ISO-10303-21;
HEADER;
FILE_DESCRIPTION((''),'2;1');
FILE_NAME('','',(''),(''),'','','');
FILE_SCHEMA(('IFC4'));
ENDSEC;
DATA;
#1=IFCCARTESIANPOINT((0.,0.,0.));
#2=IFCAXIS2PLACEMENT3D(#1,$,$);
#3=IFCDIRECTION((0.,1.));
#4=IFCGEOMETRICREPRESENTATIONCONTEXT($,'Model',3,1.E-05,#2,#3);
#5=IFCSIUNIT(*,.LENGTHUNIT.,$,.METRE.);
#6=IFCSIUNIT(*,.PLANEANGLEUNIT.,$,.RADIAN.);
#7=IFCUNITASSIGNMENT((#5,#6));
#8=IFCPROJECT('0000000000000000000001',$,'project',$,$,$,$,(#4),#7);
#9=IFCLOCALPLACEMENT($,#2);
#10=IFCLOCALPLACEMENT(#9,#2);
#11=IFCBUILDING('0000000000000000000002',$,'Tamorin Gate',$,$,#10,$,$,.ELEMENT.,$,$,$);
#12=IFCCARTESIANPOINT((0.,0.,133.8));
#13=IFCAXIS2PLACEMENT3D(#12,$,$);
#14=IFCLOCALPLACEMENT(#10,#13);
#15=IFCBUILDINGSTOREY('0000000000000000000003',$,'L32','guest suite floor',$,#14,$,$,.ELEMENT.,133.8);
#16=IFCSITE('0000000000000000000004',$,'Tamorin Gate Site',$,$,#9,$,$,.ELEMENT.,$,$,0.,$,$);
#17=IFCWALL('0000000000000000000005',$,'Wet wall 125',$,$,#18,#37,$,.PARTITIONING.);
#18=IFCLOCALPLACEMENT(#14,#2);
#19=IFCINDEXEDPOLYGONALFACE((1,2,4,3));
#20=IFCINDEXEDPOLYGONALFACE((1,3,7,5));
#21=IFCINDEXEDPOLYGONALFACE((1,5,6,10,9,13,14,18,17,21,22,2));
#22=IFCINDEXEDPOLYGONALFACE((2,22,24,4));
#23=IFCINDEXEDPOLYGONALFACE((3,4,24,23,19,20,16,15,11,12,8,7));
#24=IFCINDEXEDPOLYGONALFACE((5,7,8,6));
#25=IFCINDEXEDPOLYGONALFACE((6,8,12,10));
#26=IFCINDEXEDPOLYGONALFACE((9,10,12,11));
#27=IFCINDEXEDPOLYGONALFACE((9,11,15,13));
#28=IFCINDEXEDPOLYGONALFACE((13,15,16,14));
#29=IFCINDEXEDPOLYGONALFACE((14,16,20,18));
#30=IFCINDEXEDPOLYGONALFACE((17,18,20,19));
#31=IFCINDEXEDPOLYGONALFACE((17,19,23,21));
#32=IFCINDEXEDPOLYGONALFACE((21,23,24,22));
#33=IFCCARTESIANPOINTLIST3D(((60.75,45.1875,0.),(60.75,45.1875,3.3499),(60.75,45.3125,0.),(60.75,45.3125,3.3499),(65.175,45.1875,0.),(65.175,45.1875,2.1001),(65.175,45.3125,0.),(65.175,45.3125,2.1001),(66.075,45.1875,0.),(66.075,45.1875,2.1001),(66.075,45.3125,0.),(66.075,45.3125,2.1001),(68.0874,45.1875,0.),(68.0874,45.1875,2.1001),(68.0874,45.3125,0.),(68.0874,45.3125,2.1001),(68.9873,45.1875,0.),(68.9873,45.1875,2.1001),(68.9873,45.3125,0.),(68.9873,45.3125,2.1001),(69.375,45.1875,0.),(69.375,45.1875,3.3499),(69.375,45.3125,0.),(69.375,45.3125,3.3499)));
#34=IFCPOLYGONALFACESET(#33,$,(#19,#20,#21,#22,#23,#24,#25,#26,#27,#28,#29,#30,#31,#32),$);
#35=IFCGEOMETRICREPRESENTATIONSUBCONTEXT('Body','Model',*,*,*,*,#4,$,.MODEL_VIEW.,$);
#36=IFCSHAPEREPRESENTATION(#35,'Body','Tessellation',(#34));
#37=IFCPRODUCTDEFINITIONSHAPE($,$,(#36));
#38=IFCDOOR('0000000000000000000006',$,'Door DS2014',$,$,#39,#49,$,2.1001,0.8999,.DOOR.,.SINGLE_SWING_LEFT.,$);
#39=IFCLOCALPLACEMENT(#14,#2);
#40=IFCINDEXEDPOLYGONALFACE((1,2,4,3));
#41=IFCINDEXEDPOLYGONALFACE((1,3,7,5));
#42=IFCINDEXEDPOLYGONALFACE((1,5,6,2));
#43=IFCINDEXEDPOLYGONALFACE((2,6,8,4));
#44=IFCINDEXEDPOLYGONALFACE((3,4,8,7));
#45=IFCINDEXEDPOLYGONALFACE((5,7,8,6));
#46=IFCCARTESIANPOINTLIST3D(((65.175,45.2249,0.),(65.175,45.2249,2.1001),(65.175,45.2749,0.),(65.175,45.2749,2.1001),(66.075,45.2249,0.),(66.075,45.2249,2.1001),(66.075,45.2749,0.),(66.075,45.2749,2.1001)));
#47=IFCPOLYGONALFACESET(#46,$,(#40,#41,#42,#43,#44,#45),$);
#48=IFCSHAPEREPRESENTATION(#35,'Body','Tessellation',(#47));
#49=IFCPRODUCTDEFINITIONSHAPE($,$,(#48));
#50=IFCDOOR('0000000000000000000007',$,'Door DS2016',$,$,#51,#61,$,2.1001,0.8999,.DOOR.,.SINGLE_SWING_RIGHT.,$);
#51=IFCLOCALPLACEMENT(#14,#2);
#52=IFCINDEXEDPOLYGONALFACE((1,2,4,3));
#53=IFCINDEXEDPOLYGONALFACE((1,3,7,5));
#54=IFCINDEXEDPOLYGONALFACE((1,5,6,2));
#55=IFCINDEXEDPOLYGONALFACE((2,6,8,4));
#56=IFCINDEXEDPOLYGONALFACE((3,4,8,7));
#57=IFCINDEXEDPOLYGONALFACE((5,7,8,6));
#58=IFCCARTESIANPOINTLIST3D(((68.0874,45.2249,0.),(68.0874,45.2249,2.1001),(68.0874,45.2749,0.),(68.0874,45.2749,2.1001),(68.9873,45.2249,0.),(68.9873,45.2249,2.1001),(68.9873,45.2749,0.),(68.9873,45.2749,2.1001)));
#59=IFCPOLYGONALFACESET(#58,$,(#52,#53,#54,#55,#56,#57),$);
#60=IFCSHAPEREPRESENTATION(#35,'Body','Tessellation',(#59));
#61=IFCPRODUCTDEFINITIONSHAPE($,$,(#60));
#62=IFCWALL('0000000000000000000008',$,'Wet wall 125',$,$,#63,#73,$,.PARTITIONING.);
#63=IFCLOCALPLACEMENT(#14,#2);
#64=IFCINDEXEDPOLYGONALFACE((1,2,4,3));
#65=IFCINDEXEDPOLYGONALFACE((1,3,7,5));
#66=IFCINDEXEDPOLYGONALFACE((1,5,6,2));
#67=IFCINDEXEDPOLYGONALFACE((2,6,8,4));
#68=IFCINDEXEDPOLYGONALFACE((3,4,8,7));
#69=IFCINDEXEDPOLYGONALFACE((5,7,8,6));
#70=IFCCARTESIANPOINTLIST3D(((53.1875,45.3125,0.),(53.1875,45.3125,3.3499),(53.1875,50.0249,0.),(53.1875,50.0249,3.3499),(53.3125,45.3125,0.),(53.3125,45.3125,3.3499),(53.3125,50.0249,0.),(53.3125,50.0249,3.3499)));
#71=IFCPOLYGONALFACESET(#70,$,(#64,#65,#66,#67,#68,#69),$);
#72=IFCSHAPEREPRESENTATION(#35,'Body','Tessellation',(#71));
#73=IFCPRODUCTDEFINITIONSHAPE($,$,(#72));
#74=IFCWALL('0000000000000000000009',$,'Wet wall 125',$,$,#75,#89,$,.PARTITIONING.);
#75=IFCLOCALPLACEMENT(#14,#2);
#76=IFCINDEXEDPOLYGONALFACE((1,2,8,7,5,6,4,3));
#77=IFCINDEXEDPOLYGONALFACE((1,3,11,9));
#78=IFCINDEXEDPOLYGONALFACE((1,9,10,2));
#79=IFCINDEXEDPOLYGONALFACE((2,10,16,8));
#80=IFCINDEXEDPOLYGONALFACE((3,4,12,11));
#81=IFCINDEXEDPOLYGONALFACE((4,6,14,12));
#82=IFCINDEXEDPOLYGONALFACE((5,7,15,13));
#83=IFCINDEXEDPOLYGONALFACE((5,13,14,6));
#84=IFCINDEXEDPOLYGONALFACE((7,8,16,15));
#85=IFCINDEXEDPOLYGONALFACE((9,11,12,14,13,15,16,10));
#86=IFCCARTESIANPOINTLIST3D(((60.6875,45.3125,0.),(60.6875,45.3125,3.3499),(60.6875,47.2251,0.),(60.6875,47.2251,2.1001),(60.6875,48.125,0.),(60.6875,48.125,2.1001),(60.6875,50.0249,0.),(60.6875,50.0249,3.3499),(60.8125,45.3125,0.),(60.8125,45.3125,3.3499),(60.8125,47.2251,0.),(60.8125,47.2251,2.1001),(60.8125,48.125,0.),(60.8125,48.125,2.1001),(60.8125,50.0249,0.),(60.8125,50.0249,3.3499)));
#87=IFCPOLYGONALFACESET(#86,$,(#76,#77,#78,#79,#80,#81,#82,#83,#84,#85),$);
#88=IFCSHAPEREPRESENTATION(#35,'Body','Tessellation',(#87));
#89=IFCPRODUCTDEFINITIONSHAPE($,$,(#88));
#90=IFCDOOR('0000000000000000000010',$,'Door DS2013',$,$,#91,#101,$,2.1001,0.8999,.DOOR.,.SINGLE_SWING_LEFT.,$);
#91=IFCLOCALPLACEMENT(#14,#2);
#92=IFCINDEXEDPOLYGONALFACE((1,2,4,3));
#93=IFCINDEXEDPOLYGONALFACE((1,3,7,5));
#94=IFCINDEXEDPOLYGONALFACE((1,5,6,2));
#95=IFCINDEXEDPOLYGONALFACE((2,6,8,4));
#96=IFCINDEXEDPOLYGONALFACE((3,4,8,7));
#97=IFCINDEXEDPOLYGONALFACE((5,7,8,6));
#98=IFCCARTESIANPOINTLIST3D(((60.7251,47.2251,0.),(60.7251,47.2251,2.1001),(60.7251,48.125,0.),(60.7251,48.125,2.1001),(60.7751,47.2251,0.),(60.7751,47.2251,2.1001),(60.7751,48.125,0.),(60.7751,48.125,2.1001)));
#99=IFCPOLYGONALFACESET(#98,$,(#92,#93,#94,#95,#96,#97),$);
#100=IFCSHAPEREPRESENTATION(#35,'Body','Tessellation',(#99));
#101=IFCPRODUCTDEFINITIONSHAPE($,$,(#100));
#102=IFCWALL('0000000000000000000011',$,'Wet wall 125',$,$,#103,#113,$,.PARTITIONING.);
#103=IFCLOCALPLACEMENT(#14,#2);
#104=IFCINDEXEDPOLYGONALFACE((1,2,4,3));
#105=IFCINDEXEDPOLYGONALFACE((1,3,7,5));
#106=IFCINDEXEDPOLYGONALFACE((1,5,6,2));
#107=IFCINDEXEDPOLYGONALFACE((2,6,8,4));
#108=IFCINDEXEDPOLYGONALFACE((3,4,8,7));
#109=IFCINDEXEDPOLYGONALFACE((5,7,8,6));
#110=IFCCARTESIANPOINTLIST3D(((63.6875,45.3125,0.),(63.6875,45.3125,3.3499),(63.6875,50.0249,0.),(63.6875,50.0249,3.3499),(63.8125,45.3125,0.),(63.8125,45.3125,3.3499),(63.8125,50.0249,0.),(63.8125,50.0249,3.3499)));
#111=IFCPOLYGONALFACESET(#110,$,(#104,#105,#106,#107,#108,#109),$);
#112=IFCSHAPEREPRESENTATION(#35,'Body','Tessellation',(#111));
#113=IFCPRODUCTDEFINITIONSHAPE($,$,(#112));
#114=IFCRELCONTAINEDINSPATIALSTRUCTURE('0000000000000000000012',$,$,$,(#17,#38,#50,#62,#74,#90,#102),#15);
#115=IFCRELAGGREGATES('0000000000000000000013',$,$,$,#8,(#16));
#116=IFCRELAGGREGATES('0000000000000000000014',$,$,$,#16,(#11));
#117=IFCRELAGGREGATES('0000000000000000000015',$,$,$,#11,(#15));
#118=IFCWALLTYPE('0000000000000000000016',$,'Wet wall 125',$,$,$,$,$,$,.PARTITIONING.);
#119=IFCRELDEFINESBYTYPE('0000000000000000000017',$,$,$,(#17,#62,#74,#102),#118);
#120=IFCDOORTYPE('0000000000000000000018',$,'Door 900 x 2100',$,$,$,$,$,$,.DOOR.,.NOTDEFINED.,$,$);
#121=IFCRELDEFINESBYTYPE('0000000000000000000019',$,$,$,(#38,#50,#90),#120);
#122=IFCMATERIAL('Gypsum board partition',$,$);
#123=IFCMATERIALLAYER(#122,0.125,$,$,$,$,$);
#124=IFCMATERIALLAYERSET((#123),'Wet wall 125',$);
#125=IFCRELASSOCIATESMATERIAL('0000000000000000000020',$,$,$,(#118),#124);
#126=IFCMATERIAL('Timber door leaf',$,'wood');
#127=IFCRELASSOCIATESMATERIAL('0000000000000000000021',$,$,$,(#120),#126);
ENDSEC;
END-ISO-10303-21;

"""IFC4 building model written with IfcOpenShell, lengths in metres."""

from ifc_helpers import new_model, si_unit, direction, frame, frame_2d, origin, place, context, subcontext, project, spatial, rectangle, extrude, material, layer, layer_set, type_object, element, fill, save


model = new_model("IFC4")

# Units and contexts
model_context = context("Model", 3, precision=1e-05, world=origin(), true_north=direction((0.0, 1.0)))
body_context = subcontext(model_context, "Body", "Model", "MODEL_VIEW")
ifc_project = project(units=[si_unit("LENGTHUNIT", "METRE"), si_unit("PLANEANGLEUNIT", "RADIAN")], contexts=[model_context])

# Site, building, storey
site_placement = place(None, origin())
site = spatial("IfcSite", under=ifc_project, at=site_placement, Name="Tamorin Gate Site", CompositionType="ELEMENT", RefElevation=0.0)
building_placement = place(site_placement, origin())
building = spatial("IfcBuilding", under=site, at=building_placement, Name="Tamorin Gate", CompositionType="ELEMENT")
storey_placement = place(building_placement, frame((0.0, 0.0, 133.8)))
storey = spatial("IfcBuildingStorey", under=building, at=storey_placement, Name="L32", Description="guest suite floor", CompositionType="ELEMENT", Elevation=133.8)

# Shared definitions
ifc_material_1 = material(Name="Gypsum board partition")
ifc_material_2 = material(Name="Timber door leaf", Category="wood")

# Wall, openings, doors
ifc_layer_1 = layer(ifc_material_1, 0.125)
ifc_layer_set_1 = layer_set([ifc_layer_1], Name="Wet wall 125")
wall_type_1 = type_object("IfcWallType", Name="Wet wall 125", PredefinedType="PARTITIONING", material=ifc_layer_set_1)
wall_1_placement = place(storey_placement, frame((60.75, 45.25, 0.0), z_axis=(0.0, 0.0, 1.0), x_axis=(1.0, 0.0, 0.0)))
wall_1 = element("IfcWall", 1, at=wall_1_placement, inside=storey, type_object=wall_type_1, Name="Wet wall 125", PredefinedType="PARTITIONING", context=body_context, shape_type="SweptSolid", body=[
    extrude(rectangle(XDim=8.625, YDim=0.125, at=frame_2d((4.3125, 0.0))), origin(), (0.0, 0.0, 1.0), 3.3499),
])
opening_1_placement = place(wall_1_placement, frame((4.425, 0.0, 0.0)))
opening_1 = element("IfcOpeningElement", 2, at=opening_1_placement, cuts=wall_1, PredefinedType="OPENING", context=body_context, shape_type="SweptSolid", body=[
    extrude(rectangle(XDim=0.8999, YDim=2.1001, at=frame_2d((0.45, 1.05))), frame((0.0, 0.0725, 0.0), z_axis=(0.0, -1.0, 0.0), x_axis=(1.0, 0.0, 0.0)), (0.0, 0.0, 1.0), 0.145),
])
opening_2_placement = place(wall_1_placement, frame((7.3374, 0.0, 0.0)))
opening_2 = element("IfcOpeningElement", 3, at=opening_2_placement, cuts=wall_1, PredefinedType="OPENING", context=body_context, shape_type="SweptSolid", body=[
    extrude(rectangle(XDim=0.8999, YDim=2.1001, at=frame_2d((0.45, 1.05))), frame((0.0, 0.0725, 0.0), z_axis=(0.0, -1.0, 0.0), x_axis=(1.0, 0.0, 0.0)), (0.0, 0.0, 1.0), 0.145),
])
door_type_1 = type_object("IfcDoorType", Name="Door 900 x 2100", OperationType="NOTDEFINED", PredefinedType="DOOR", material=ifc_material_2)
door_1_placement = place(opening_1_placement, origin())
door_1 = element("IfcDoor", 4, at=door_1_placement, inside=storey, type_object=door_type_1, Name="Door DS2014", OperationType="SINGLE_SWING_LEFT", OverallHeight=2.1001, OverallWidth=0.8999, PredefinedType="DOOR", context=body_context, shape_type="SweptSolid", body=[
    extrude(rectangle(XDim=0.8999, YDim=2.1001, at=frame_2d((0.45, 1.05))), frame((0.0, 0.0249, 0.0), z_axis=(0.0, -1.0, 0.0), x_axis=(1.0, 0.0, 0.0)), (0.0, 0.0, 1.0), 0.05),
])
fill(opening_1, door_1)
door_2_placement = place(opening_2_placement, origin())
door_2 = element("IfcDoor", 5, at=door_2_placement, inside=storey, type_object=door_type_1, Name="Door DS2016", OperationType="SINGLE_SWING_RIGHT", OverallHeight=2.1001, OverallWidth=0.8999, PredefinedType="DOOR", context=body_context, shape_type="SweptSolid", body=[
    extrude(rectangle(XDim=0.8999, YDim=2.1001, at=frame_2d((0.45, 1.05))), frame((0.0, 0.0249, 0.0), z_axis=(0.0, -1.0, 0.0), x_axis=(1.0, 0.0, 0.0)), (0.0, 0.0, 1.0), 0.05),
])
fill(opening_2, door_2)

# Wall
wall_2_placement = place(storey_placement, frame((53.25, 45.3125, 0.0), z_axis=(0.0, 0.0, 1.0), x_axis=(0.0, 1.0, 0.0)))
element("IfcWall", 6, at=wall_2_placement, inside=storey, type_object=wall_type_1, Name="Wet wall 125", PredefinedType="PARTITIONING", context=body_context, shape_type="SweptSolid", body=[
    extrude(rectangle(XDim=4.7124, YDim=0.125, at=frame_2d((2.3562, 0.0))), origin(), (0.0, 0.0, 1.0), 3.3499),
])

# Wall, opening, door
wall_3_placement = place(storey_placement, frame((60.75, 45.3125, 0.0), z_axis=(0.0, 0.0, 1.0), x_axis=(0.0, 1.0, 0.0)))
wall_3 = element("IfcWall", 7, at=wall_3_placement, inside=storey, type_object=wall_type_1, Name="Wet wall 125", PredefinedType="PARTITIONING", context=body_context, shape_type="SweptSolid", body=[
    extrude(rectangle(XDim=4.7124, YDim=0.125, at=frame_2d((2.3562, 0.0))), origin(), (0.0, 0.0, 1.0), 3.3499),
])
opening_3_placement = place(wall_3_placement, frame((1.9126, 0.0, 0.0)))
opening_3 = element("IfcOpeningElement", 8, at=opening_3_placement, cuts=wall_3, PredefinedType="OPENING", context=body_context, shape_type="SweptSolid", body=[
    extrude(rectangle(XDim=0.8999, YDim=2.1001, at=frame_2d((0.45, 1.05))), frame((0.0, 0.0725, 0.0), z_axis=(0.0, -1.0, 0.0), x_axis=(1.0, 0.0, 0.0)), (0.0, 0.0, 1.0), 0.145),
])
door_3_placement = place(opening_3_placement, origin())
door_3 = element("IfcDoor", 9, at=door_3_placement, inside=storey, type_object=door_type_1, Name="Door DS2013", OperationType="SINGLE_SWING_LEFT", OverallHeight=2.1001, OverallWidth=0.8999, PredefinedType="DOOR", context=body_context, shape_type="SweptSolid", body=[
    extrude(rectangle(XDim=0.8999, YDim=2.1001, at=frame_2d((0.45, 1.05))), frame((0.0, 0.0249, 0.0), z_axis=(0.0, -1.0, 0.0), x_axis=(1.0, 0.0, 0.0)), (0.0, 0.0, 1.0), 0.05),
])
fill(opening_3, door_3)

# Wall
wall_4_placement = place(storey_placement, frame((63.75, 45.3125, 0.0), z_axis=(0.0, 0.0, 1.0), x_axis=(0.0, 1.0, 0.0)))
element("IfcWall", 10, at=wall_4_placement, inside=storey, type_object=wall_type_1, Name="Wet wall 125", PredefinedType="PARTITIONING", context=body_context, shape_type="SweptSolid", body=[
    extrude(rectangle(XDim=4.7124, YDim=0.125, at=frame_2d((2.3562, 0.0))), origin(), (0.0, 0.0, 1.0), 3.3499),
])

save(model, "model.ifc")
